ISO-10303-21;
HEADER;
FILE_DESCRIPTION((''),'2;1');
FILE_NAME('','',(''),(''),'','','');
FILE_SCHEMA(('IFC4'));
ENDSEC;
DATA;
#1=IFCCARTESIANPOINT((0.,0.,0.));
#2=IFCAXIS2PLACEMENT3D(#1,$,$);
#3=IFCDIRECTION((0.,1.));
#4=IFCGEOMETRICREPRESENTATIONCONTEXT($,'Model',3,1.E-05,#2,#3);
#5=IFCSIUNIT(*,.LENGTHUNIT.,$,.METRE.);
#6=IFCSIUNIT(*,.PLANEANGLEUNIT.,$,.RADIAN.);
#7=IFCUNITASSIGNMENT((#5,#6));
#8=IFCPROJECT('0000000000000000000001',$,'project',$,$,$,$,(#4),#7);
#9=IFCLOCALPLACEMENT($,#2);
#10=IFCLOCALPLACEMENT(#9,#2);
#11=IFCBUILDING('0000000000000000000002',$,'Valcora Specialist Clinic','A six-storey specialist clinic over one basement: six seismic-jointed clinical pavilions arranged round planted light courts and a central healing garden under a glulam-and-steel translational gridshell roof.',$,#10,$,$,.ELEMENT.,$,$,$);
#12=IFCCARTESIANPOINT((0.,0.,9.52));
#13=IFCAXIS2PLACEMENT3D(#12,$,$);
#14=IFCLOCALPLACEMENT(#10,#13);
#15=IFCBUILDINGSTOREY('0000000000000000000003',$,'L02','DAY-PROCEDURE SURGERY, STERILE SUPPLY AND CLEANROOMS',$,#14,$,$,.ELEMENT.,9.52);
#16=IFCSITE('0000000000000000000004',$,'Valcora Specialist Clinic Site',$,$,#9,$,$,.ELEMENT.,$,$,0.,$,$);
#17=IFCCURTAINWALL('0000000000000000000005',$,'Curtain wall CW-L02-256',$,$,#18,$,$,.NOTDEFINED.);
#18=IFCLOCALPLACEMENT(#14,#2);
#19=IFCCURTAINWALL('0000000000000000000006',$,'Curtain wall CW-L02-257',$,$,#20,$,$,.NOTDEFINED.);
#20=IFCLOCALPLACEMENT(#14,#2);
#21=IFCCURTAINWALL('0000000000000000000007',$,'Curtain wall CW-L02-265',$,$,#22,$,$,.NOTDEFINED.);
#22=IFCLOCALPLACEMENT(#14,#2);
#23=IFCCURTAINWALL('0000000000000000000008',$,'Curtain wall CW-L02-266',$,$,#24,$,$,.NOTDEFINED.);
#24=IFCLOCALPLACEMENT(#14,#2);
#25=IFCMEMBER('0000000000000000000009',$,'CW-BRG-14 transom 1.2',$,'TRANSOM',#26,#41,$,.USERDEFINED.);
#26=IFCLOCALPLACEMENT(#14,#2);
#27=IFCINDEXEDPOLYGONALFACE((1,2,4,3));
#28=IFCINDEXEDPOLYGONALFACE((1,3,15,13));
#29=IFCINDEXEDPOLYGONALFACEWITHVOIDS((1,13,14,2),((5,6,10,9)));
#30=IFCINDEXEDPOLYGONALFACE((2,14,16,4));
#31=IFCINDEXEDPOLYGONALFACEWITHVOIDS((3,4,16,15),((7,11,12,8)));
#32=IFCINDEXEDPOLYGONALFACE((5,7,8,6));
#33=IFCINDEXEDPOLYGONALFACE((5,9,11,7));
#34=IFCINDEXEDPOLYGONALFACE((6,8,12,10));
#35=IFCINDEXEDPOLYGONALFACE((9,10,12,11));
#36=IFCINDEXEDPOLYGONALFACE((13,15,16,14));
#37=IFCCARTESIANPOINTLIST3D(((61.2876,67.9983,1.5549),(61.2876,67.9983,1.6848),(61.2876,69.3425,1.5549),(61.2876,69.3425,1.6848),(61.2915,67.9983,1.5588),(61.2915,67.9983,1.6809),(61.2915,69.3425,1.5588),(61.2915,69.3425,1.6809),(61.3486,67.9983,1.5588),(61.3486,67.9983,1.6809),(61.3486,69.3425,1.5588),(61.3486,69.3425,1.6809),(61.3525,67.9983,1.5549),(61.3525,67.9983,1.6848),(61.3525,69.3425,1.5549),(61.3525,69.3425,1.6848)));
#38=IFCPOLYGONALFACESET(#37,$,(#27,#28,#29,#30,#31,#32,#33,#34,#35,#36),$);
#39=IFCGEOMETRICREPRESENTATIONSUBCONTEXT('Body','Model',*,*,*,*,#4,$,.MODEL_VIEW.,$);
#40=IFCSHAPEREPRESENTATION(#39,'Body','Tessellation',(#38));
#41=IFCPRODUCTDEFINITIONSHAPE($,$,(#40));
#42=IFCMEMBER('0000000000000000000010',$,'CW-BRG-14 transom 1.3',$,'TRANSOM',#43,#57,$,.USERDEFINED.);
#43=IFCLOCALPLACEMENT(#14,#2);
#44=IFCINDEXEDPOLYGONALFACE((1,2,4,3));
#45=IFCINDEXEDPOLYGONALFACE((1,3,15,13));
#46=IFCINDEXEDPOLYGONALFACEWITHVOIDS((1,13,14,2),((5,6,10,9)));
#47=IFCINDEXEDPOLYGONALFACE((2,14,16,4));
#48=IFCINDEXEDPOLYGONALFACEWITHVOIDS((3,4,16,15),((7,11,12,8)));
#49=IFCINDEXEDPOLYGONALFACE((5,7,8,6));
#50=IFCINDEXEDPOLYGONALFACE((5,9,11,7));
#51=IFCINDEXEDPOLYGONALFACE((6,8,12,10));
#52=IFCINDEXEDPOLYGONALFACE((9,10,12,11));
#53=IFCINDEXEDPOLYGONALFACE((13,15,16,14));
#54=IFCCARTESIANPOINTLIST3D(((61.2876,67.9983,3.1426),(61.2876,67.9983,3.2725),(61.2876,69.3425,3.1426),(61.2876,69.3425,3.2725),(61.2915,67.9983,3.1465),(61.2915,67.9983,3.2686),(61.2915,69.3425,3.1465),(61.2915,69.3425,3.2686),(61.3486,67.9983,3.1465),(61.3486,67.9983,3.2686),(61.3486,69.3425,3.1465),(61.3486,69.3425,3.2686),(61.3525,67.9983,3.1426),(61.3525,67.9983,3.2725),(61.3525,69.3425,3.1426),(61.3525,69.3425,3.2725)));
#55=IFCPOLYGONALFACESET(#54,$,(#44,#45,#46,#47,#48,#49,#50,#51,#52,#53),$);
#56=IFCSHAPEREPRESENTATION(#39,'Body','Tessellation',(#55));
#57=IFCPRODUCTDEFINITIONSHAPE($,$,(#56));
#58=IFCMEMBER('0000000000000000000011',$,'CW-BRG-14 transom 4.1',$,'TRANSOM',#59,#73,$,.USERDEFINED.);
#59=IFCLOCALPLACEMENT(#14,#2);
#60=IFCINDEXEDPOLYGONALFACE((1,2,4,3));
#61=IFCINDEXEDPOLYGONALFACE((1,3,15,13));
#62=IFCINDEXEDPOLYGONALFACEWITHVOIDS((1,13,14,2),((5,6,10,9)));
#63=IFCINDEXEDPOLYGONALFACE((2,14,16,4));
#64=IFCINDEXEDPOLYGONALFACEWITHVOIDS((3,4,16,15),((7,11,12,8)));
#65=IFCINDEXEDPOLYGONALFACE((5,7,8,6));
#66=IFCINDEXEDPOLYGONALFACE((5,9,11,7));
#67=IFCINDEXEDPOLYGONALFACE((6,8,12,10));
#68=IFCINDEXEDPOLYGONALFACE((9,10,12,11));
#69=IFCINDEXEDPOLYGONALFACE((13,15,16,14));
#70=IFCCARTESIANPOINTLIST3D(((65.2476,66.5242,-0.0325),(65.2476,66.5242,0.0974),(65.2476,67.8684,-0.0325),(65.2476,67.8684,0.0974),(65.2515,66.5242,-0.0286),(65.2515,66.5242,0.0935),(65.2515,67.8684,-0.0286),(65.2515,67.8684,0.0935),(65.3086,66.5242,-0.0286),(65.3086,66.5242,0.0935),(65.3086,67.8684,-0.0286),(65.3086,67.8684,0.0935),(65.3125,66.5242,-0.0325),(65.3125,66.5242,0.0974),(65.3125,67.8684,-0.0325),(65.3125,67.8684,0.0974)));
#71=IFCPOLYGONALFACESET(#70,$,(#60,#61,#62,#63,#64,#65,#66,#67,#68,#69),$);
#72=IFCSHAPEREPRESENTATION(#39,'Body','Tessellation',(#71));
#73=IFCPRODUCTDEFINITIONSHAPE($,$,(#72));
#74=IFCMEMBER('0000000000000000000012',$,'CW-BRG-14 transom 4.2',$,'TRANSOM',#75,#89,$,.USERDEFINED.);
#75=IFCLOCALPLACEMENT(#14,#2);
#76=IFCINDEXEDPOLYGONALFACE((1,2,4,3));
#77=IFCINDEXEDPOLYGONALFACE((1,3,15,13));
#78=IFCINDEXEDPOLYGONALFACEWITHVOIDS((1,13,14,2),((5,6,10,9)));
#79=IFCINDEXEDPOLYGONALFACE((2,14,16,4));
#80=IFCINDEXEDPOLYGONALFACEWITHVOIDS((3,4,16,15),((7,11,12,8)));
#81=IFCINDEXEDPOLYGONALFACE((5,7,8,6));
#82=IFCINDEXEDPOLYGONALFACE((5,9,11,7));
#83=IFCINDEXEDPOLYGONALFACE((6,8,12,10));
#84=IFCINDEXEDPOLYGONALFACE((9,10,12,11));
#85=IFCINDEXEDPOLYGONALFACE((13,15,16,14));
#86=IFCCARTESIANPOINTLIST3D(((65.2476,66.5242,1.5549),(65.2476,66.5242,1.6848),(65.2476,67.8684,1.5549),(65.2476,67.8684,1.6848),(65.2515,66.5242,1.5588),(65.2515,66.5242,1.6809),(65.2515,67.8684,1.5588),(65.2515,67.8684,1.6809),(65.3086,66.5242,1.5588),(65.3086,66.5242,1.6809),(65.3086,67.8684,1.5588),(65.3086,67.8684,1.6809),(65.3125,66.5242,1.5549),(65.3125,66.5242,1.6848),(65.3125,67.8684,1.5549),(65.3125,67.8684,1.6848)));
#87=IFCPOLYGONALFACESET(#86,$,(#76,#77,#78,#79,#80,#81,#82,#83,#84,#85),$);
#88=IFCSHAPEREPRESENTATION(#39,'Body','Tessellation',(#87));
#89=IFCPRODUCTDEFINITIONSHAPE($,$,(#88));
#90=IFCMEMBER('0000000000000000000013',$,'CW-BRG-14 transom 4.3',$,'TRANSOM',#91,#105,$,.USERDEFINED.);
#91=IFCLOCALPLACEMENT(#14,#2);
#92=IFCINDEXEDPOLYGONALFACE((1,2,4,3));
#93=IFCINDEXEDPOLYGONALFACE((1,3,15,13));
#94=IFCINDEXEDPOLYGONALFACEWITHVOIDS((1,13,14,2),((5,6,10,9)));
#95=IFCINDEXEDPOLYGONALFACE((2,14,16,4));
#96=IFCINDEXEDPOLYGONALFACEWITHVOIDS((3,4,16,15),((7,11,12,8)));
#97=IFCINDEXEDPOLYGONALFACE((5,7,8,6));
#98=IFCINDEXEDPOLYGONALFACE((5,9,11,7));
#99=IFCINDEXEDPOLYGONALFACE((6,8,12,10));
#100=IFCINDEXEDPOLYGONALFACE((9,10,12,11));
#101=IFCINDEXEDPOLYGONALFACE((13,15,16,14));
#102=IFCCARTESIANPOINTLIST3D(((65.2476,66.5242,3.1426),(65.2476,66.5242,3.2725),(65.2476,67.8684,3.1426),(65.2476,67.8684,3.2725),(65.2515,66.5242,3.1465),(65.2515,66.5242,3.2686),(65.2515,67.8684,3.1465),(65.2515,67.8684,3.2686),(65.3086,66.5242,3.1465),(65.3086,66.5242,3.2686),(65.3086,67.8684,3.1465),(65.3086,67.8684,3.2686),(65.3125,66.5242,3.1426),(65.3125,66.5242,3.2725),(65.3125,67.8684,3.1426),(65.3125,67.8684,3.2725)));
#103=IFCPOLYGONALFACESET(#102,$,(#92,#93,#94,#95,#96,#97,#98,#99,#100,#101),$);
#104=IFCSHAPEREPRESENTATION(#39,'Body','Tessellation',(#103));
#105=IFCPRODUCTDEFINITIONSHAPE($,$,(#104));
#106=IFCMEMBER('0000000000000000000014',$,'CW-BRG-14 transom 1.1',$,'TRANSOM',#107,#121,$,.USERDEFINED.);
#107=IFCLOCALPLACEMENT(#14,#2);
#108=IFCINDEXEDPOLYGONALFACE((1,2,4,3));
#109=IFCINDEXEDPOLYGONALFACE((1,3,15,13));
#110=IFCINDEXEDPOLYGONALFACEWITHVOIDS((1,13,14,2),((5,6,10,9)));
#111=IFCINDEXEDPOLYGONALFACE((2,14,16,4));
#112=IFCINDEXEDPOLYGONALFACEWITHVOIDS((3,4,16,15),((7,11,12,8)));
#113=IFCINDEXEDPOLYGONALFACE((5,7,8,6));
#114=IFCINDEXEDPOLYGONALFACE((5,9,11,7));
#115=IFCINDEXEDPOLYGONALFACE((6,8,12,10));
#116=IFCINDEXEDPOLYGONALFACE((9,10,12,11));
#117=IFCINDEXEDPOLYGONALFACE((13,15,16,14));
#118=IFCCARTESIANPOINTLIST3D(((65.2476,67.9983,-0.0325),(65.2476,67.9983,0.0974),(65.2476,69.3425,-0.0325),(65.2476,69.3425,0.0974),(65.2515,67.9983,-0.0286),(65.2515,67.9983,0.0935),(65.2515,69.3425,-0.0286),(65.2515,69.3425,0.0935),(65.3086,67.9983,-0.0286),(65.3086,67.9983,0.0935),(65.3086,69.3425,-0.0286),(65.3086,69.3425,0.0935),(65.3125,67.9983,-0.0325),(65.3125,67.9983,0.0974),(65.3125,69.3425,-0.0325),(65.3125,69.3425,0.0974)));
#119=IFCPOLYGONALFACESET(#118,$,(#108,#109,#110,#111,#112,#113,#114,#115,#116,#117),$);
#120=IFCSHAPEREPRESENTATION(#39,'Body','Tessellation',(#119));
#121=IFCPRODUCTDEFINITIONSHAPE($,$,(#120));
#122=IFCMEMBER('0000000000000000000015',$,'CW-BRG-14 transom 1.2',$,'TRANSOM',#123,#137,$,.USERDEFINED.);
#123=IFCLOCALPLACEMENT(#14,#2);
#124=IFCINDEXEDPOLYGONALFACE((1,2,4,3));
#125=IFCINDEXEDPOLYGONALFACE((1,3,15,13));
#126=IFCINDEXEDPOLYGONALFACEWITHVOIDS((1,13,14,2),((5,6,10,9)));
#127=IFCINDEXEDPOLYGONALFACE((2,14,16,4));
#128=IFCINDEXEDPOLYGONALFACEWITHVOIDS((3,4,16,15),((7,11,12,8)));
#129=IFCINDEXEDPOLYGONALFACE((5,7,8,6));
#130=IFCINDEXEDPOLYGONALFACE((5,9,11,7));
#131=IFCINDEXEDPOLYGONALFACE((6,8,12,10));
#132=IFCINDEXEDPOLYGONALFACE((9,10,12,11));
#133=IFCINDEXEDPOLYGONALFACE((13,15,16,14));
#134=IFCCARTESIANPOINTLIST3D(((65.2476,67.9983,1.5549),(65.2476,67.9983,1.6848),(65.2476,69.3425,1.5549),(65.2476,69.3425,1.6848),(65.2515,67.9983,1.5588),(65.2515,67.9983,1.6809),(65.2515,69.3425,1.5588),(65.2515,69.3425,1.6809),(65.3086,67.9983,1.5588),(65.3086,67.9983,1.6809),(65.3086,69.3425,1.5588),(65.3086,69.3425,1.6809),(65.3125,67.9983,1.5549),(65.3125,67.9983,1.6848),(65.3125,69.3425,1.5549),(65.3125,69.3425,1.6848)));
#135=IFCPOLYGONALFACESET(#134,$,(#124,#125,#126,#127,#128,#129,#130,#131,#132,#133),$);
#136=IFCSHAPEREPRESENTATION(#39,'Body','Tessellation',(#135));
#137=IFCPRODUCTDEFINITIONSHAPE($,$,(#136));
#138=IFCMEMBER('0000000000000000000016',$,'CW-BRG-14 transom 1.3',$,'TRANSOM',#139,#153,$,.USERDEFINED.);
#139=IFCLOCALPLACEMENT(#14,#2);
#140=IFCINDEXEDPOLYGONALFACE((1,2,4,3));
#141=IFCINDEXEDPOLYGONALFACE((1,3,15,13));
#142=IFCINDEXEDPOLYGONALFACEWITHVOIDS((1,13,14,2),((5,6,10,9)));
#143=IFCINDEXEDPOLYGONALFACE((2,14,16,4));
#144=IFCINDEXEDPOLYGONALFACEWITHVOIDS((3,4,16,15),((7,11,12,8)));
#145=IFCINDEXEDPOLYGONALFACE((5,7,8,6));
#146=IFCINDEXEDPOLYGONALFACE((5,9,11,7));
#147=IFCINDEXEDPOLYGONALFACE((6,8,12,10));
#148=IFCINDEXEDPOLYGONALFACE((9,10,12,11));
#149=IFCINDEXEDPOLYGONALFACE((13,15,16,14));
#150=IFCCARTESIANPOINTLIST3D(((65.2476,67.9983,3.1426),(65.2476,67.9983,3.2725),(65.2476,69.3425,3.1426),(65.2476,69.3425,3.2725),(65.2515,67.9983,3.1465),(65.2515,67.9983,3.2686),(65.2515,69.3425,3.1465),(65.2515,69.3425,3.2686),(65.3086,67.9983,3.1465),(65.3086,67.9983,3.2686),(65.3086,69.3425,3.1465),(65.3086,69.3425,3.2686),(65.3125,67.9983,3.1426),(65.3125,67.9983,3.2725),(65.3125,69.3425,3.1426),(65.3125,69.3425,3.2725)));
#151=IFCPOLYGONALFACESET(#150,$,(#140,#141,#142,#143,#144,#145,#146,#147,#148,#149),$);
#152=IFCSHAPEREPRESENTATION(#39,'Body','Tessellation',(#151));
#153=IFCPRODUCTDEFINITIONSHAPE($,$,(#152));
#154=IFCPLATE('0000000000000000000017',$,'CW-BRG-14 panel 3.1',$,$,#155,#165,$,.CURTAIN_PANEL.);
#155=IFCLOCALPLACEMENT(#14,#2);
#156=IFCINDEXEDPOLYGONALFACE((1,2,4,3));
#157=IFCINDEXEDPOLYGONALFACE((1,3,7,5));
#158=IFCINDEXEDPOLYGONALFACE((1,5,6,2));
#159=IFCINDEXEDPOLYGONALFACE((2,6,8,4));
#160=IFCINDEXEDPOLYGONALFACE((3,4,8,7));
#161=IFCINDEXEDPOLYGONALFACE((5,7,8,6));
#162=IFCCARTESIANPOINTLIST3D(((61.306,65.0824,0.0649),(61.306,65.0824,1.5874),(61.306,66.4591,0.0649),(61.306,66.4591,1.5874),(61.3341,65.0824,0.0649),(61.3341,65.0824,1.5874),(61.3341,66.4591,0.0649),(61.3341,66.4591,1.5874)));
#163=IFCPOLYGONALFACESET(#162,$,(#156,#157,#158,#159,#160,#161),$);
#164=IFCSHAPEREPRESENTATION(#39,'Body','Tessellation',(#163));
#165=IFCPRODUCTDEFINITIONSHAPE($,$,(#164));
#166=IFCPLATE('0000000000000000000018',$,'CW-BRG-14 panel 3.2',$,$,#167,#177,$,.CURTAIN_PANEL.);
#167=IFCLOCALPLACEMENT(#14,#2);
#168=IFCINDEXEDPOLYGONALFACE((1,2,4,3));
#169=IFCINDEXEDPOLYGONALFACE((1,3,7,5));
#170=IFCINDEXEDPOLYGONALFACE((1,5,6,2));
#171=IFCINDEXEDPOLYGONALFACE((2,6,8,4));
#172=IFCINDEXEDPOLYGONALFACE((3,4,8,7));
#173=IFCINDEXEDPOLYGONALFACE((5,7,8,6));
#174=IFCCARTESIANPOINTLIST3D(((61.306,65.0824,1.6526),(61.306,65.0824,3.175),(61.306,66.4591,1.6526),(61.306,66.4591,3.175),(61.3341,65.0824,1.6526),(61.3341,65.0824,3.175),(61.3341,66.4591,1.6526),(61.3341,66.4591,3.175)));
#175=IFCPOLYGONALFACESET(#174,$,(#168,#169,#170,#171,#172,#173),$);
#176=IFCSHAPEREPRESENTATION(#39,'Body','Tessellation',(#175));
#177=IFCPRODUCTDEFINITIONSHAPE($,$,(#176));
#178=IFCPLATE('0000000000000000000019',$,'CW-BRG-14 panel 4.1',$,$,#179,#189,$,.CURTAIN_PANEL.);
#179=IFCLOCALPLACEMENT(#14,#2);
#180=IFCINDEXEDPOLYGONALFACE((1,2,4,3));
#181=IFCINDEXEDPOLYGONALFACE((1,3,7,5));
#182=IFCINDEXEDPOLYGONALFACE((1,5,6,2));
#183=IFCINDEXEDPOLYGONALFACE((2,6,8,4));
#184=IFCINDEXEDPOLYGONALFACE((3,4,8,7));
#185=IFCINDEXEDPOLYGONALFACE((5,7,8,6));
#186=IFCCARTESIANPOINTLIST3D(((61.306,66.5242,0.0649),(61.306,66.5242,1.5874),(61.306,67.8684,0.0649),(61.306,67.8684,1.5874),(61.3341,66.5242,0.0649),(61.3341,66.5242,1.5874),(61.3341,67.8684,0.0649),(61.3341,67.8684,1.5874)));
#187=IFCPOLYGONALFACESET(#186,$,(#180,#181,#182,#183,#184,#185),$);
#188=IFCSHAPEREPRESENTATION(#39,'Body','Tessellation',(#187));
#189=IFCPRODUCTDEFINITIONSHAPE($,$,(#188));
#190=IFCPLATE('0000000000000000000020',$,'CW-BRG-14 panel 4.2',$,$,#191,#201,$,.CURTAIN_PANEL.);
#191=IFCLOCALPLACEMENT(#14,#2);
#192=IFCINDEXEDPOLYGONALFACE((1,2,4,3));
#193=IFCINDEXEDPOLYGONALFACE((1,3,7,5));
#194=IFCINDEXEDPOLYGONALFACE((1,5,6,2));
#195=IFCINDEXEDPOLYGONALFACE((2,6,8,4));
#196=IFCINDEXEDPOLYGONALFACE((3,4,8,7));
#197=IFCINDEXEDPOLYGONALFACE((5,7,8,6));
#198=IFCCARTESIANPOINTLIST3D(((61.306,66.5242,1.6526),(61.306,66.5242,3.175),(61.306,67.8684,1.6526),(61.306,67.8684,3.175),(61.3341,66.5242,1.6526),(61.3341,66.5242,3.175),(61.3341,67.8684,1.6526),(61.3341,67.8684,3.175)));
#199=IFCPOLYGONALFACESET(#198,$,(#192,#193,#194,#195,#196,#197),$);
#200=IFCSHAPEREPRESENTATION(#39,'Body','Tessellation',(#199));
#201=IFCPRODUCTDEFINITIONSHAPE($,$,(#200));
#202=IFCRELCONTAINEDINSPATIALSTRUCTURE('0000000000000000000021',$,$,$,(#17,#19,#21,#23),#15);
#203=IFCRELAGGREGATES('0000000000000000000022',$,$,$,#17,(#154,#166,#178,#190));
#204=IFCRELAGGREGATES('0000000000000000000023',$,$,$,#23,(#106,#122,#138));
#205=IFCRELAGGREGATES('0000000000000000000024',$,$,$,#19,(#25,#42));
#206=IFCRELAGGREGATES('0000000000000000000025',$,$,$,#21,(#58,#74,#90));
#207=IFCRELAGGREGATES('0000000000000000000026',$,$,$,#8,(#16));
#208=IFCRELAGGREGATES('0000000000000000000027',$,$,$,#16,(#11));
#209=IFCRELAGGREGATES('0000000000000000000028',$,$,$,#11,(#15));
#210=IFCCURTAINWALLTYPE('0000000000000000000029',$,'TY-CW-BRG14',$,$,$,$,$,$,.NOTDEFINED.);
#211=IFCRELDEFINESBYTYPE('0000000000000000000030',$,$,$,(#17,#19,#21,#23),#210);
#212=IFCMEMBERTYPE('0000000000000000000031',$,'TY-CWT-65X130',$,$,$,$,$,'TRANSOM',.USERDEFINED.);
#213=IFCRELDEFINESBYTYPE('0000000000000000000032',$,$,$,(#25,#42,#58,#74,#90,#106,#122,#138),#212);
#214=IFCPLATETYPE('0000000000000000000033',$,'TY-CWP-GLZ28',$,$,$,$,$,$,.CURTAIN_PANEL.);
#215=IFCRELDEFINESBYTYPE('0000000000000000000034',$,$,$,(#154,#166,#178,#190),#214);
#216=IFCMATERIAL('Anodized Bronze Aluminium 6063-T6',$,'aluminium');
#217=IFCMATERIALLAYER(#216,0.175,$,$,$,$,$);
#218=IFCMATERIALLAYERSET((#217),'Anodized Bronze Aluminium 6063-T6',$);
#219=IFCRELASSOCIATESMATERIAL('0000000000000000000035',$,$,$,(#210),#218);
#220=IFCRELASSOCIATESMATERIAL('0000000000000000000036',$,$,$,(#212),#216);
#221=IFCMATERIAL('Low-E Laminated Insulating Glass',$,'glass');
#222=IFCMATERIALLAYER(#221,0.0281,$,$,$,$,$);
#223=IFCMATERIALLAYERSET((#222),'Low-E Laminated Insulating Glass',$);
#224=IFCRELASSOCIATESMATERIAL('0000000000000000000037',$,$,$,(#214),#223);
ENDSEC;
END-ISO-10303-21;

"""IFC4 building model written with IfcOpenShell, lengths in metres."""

from ifc_helpers import new_model, si_unit, direction, frame, origin, origin_2d, place, context, subcontext, project, spatial, rectangle, hollow_rectangle, extrude, material, layer, layer_set, material_profile, profile_set, type_object, element, aggregate, save


model = new_model("IFC4")

# Units and contexts
model_context = context("Model", 3, precision=1e-05, world=origin(), true_north=direction((0.0, 1.0)))
body_context = subcontext(model_context, "Body", "Model", "MODEL_VIEW")
ifc_project = project(units=[si_unit("LENGTHUNIT", "METRE"), si_unit("PLANEANGLEUNIT", "RADIAN")], contexts=[model_context])

# Site, building, storey
site_placement = place(None, origin())
site = spatial("IfcSite", under=ifc_project, at=site_placement, Name="Valcora Specialist Clinic Site", CompositionType="ELEMENT", RefElevation=0.0)
building_placement = place(site_placement, origin())
building = spatial("IfcBuilding", under=site, at=building_placement, Name="Valcora Specialist Clinic", Description="A six-storey specialist clinic over one basement: six seismic-jointed clinical pavilions arranged round planted light courts and a central healing garden under a glulam-and-steel translational gridshell roof.", CompositionType="ELEMENT")
storey_placement = place(building_placement, frame((0.0, 0.0, 9.52)))
storey = spatial("IfcBuildingStorey", under=building, at=storey_placement, Name="L02", Description="DAY-PROCEDURE SURGERY, STERILE SUPPLY AND CLEANROOMS", CompositionType="ELEMENT", Elevation=9.52)

# Curtain walls
ifc_material_1 = material(Name="Anodized Bronze Aluminium 6063-T6", Category="aluminium")
ifc_layer_1 = layer(ifc_material_1, 0.175)
ifc_layer_set_1 = layer_set([ifc_layer_1], Name="Anodized Bronze Aluminium 6063-T6")
curtain_wall_type = type_object("IfcCurtainWallType", Name="TY-CW-BRG14", PredefinedType="NOTDEFINED", material=ifc_layer_set_1)
curtain_wall_1_placement = place(storey_placement, origin())
curtain_wall_1 = element("IfcCurtainWall", 1, at=curtain_wall_1_placement, inside=storey, type_object=curtain_wall_type, Name="Curtain wall CW-L02-256", PredefinedType="NOTDEFINED")
curtain_wall_2_placement = place(storey_placement, origin())
curtain_wall_2 = element("IfcCurtainWall", 2, at=curtain_wall_2_placement, inside=storey, type_object=curtain_wall_type, Name="Curtain wall CW-L02-257", PredefinedType="NOTDEFINED")
curtain_wall_3_placement = place(storey_placement, origin())
curtain_wall_3 = element("IfcCurtainWall", 3, at=curtain_wall_3_placement, inside=storey, type_object=curtain_wall_type, Name="Curtain wall CW-L02-265", PredefinedType="NOTDEFINED")

# Curtain wall
curtain_wall_4_placement = place(storey_placement, origin())
curtain_wall_4 = element("IfcCurtainWall", 4, at=curtain_wall_4_placement, inside=storey, type_object=curtain_wall_type, Name="Curtain wall CW-L02-266", PredefinedType="NOTDEFINED")

# Members
ifc_material_profile_1 = material_profile(ifc_material_1, hollow_rectangle(XDim=0.0649, YDim=0.1299, WallThickness=0.0039, at=origin_2d()), Name="AL-TRN-65X130")
ifc_profile_set_1 = profile_set([ifc_material_profile_1], Name="Anodized Bronze Aluminium 6063-T6")
member_type_1 = type_object("IfcMemberType", Name="TY-CWT-65X130", ElementType="TRANSOM", PredefinedType="USERDEFINED", material=ifc_profile_set_1)
member_1_placement = place(storey_placement, frame((61.3201, 67.9983, 1.6199), z_axis=(0.0, 1.0, 0.0), x_axis=(-1.0, 0.0, 0.0)))
member_1 = element("IfcMember", 5, at=member_1_placement, type_object=member_type_1, Name="CW-BRG-14 transom 1.2", ObjectType="TRANSOM", PredefinedType="USERDEFINED", context=body_context, shape_type="SweptSolid", body=[
    extrude(hollow_rectangle(XDim=0.0649, YDim=0.1299, WallThickness=0.0039, at=origin_2d()), origin(), (0.0, 0.0, 1.0), 1.3442),
])
member_2_placement = place(storey_placement, frame((61.3201, 67.9983, 3.2075), z_axis=(0.0, 1.0, 0.0), x_axis=(-1.0, 0.0, 0.0)))
member_2 = element("IfcMember", 6, at=member_2_placement, type_object=member_type_1, Name="CW-BRG-14 transom 1.3", ObjectType="TRANSOM", PredefinedType="USERDEFINED", context=body_context, shape_type="SweptSolid", body=[
    extrude(hollow_rectangle(XDim=0.0649, YDim=0.1299, WallThickness=0.0039, at=origin_2d()), origin(), (0.0, 0.0, 1.0), 1.3442),
])
member_3_placement = place(storey_placement, frame((65.28, 66.5242, 0.0325), z_axis=(0.0, 1.0, 0.0), x_axis=(-1.0, 0.0, 0.0)))
member_3 = element("IfcMember", 7, at=member_3_placement, type_object=member_type_1, Name="CW-BRG-14 transom 4.1", ObjectType="TRANSOM", PredefinedType="USERDEFINED", context=body_context, shape_type="SweptSolid", body=[
    extrude(hollow_rectangle(XDim=0.0649, YDim=0.1299, WallThickness=0.0039, at=origin_2d()), origin(), (0.0, 0.0, 1.0), 1.3442),
])
member_4_placement = place(storey_placement, frame((65.28, 66.5242, 1.6199), z_axis=(0.0, 1.0, 0.0), x_axis=(-1.0, 0.0, 0.0)))
member_4 = element("IfcMember", 8, at=member_4_placement, type_object=member_type_1, Name="CW-BRG-14 transom 4.2", ObjectType="TRANSOM", PredefinedType="USERDEFINED", context=body_context, shape_type="SweptSolid", body=[
    extrude(hollow_rectangle(XDim=0.0649, YDim=0.1299, WallThickness=0.0039, at=origin_2d()), origin(), (0.0, 0.0, 1.0), 1.3442),
])
member_5_placement = place(storey_placement, frame((65.28, 66.5242, 3.2075), z_axis=(0.0, 1.0, 0.0), x_axis=(-1.0, 0.0, 0.0)))
member_5 = element("IfcMember", 9, at=member_5_placement, type_object=member_type_1, Name="CW-BRG-14 transom 4.3", ObjectType="TRANSOM", PredefinedType="USERDEFINED", context=body_context, shape_type="SweptSolid", body=[
    extrude(hollow_rectangle(XDim=0.0649, YDim=0.1299, WallThickness=0.0039, at=origin_2d()), origin(), (0.0, 0.0, 1.0), 1.3442),
])
member_6_placement = place(storey_placement, frame((65.28, 67.9983, 0.0325), z_axis=(0.0, 1.0, 0.0), x_axis=(-1.0, 0.0, 0.0)))
member_6 = element("IfcMember", 10, at=member_6_placement, type_object=member_type_1, Name="CW-BRG-14 transom 1.1", ObjectType="TRANSOM", PredefinedType="USERDEFINED", context=body_context, shape_type="SweptSolid", body=[
    extrude(hollow_rectangle(XDim=0.0649, YDim=0.1299, WallThickness=0.0039, at=origin_2d()), origin(), (0.0, 0.0, 1.0), 1.3442),
])
member_7_placement = place(storey_placement, frame((65.28, 67.9983, 1.6199), z_axis=(0.0, 1.0, 0.0), x_axis=(-1.0, 0.0, 0.0)))
member_7 = element("IfcMember", 11, at=member_7_placement, type_object=member_type_1, Name="CW-BRG-14 transom 1.2", ObjectType="TRANSOM", PredefinedType="USERDEFINED", context=body_context, shape_type="SweptSolid", body=[
    extrude(hollow_rectangle(XDim=0.0649, YDim=0.1299, WallThickness=0.0039, at=origin_2d()), origin(), (0.0, 0.0, 1.0), 1.3442),
])
member_8_placement = place(storey_placement, frame((65.28, 67.9983, 3.2075), z_axis=(0.0, 1.0, 0.0), x_axis=(-1.0, 0.0, 0.0)))
member_8 = element("IfcMember", 12, at=member_8_placement, type_object=member_type_1, Name="CW-BRG-14 transom 1.3", ObjectType="TRANSOM", PredefinedType="USERDEFINED", context=body_context, shape_type="SweptSolid", body=[
    extrude(hollow_rectangle(XDim=0.0649, YDim=0.1299, WallThickness=0.0039, at=origin_2d()), origin(), (0.0, 0.0, 1.0), 1.3442),
])

# Plates
ifc_material_2 = material(Name="Low-E Laminated Insulating Glass", Category="glass")
ifc_layer_2 = layer(ifc_material_2, 0.0281)
ifc_layer_set_2 = layer_set([ifc_layer_2], Name="Low-E Laminated Insulating Glass")
plate_type_1 = type_object("IfcPlateType", Name="TY-CWP-GLZ28", PredefinedType="CURTAIN_PANEL", material=ifc_layer_set_2)
plate_1_placement = place(storey_placement, frame((61.3201, 65.7708, 0.0649), z_axis=(0.0, 0.0, 1.0), x_axis=(0.0, 1.0, 0.0)))
plate_1 = element("IfcPlate", 13, at=plate_1_placement, type_object=plate_type_1, Name="CW-BRG-14 panel 3.1", PredefinedType="CURTAIN_PANEL", context=body_context, shape_type="SweptSolid", body=[
    extrude(rectangle(XDim=1.3767, YDim=0.0281, at=origin_2d()), origin(), (0.0, 0.0, 1.0), 1.5225),
])
plate_2_placement = place(storey_placement, frame((61.3201, 65.7708, 1.6526), z_axis=(0.0, 0.0, 1.0), x_axis=(0.0, 1.0, 0.0)))
plate_2 = element("IfcPlate", 14, at=plate_2_placement, type_object=plate_type_1, Name="CW-BRG-14 panel 3.2", PredefinedType="CURTAIN_PANEL", context=body_context, shape_type="SweptSolid", body=[
    extrude(rectangle(XDim=1.3767, YDim=0.0281, at=origin_2d()), origin(), (0.0, 0.0, 1.0), 1.5225),
])
plate_3_placement = place(storey_placement, frame((61.3201, 67.1963, 0.0649), z_axis=(0.0, 0.0, 1.0), x_axis=(0.0, 1.0, 0.0)))
plate_3 = element("IfcPlate", 15, at=plate_3_placement, type_object=plate_type_1, Name="CW-BRG-14 panel 4.1", PredefinedType="CURTAIN_PANEL", context=body_context, shape_type="SweptSolid", body=[
    extrude(rectangle(XDim=1.3442, YDim=0.0281, at=origin_2d()), origin(), (0.0, 0.0, 1.0), 1.5225),
])
plate_4_placement = place(storey_placement, frame((61.3201, 67.1963, 1.6526), z_axis=(0.0, 0.0, 1.0), x_axis=(0.0, 1.0, 0.0)))
plate_4 = element("IfcPlate", 16, at=plate_4_placement, type_object=plate_type_1, Name="CW-BRG-14 panel 4.2", PredefinedType="CURTAIN_PANEL", context=body_context, shape_type="SweptSolid", body=[
    extrude(rectangle(XDim=1.3442, YDim=0.0281, at=origin_2d()), origin(), (0.0, 0.0, 1.0), 1.5225),
])
aggregate(curtain_wall_1, [plate_1, plate_2, plate_3, plate_4])
aggregate(curtain_wall_4, [member_6, member_7, member_8])
aggregate(curtain_wall_2, [member_1, member_2])
aggregate(curtain_wall_3, [member_3, member_4, member_5])

save(model, "model.ifc")
